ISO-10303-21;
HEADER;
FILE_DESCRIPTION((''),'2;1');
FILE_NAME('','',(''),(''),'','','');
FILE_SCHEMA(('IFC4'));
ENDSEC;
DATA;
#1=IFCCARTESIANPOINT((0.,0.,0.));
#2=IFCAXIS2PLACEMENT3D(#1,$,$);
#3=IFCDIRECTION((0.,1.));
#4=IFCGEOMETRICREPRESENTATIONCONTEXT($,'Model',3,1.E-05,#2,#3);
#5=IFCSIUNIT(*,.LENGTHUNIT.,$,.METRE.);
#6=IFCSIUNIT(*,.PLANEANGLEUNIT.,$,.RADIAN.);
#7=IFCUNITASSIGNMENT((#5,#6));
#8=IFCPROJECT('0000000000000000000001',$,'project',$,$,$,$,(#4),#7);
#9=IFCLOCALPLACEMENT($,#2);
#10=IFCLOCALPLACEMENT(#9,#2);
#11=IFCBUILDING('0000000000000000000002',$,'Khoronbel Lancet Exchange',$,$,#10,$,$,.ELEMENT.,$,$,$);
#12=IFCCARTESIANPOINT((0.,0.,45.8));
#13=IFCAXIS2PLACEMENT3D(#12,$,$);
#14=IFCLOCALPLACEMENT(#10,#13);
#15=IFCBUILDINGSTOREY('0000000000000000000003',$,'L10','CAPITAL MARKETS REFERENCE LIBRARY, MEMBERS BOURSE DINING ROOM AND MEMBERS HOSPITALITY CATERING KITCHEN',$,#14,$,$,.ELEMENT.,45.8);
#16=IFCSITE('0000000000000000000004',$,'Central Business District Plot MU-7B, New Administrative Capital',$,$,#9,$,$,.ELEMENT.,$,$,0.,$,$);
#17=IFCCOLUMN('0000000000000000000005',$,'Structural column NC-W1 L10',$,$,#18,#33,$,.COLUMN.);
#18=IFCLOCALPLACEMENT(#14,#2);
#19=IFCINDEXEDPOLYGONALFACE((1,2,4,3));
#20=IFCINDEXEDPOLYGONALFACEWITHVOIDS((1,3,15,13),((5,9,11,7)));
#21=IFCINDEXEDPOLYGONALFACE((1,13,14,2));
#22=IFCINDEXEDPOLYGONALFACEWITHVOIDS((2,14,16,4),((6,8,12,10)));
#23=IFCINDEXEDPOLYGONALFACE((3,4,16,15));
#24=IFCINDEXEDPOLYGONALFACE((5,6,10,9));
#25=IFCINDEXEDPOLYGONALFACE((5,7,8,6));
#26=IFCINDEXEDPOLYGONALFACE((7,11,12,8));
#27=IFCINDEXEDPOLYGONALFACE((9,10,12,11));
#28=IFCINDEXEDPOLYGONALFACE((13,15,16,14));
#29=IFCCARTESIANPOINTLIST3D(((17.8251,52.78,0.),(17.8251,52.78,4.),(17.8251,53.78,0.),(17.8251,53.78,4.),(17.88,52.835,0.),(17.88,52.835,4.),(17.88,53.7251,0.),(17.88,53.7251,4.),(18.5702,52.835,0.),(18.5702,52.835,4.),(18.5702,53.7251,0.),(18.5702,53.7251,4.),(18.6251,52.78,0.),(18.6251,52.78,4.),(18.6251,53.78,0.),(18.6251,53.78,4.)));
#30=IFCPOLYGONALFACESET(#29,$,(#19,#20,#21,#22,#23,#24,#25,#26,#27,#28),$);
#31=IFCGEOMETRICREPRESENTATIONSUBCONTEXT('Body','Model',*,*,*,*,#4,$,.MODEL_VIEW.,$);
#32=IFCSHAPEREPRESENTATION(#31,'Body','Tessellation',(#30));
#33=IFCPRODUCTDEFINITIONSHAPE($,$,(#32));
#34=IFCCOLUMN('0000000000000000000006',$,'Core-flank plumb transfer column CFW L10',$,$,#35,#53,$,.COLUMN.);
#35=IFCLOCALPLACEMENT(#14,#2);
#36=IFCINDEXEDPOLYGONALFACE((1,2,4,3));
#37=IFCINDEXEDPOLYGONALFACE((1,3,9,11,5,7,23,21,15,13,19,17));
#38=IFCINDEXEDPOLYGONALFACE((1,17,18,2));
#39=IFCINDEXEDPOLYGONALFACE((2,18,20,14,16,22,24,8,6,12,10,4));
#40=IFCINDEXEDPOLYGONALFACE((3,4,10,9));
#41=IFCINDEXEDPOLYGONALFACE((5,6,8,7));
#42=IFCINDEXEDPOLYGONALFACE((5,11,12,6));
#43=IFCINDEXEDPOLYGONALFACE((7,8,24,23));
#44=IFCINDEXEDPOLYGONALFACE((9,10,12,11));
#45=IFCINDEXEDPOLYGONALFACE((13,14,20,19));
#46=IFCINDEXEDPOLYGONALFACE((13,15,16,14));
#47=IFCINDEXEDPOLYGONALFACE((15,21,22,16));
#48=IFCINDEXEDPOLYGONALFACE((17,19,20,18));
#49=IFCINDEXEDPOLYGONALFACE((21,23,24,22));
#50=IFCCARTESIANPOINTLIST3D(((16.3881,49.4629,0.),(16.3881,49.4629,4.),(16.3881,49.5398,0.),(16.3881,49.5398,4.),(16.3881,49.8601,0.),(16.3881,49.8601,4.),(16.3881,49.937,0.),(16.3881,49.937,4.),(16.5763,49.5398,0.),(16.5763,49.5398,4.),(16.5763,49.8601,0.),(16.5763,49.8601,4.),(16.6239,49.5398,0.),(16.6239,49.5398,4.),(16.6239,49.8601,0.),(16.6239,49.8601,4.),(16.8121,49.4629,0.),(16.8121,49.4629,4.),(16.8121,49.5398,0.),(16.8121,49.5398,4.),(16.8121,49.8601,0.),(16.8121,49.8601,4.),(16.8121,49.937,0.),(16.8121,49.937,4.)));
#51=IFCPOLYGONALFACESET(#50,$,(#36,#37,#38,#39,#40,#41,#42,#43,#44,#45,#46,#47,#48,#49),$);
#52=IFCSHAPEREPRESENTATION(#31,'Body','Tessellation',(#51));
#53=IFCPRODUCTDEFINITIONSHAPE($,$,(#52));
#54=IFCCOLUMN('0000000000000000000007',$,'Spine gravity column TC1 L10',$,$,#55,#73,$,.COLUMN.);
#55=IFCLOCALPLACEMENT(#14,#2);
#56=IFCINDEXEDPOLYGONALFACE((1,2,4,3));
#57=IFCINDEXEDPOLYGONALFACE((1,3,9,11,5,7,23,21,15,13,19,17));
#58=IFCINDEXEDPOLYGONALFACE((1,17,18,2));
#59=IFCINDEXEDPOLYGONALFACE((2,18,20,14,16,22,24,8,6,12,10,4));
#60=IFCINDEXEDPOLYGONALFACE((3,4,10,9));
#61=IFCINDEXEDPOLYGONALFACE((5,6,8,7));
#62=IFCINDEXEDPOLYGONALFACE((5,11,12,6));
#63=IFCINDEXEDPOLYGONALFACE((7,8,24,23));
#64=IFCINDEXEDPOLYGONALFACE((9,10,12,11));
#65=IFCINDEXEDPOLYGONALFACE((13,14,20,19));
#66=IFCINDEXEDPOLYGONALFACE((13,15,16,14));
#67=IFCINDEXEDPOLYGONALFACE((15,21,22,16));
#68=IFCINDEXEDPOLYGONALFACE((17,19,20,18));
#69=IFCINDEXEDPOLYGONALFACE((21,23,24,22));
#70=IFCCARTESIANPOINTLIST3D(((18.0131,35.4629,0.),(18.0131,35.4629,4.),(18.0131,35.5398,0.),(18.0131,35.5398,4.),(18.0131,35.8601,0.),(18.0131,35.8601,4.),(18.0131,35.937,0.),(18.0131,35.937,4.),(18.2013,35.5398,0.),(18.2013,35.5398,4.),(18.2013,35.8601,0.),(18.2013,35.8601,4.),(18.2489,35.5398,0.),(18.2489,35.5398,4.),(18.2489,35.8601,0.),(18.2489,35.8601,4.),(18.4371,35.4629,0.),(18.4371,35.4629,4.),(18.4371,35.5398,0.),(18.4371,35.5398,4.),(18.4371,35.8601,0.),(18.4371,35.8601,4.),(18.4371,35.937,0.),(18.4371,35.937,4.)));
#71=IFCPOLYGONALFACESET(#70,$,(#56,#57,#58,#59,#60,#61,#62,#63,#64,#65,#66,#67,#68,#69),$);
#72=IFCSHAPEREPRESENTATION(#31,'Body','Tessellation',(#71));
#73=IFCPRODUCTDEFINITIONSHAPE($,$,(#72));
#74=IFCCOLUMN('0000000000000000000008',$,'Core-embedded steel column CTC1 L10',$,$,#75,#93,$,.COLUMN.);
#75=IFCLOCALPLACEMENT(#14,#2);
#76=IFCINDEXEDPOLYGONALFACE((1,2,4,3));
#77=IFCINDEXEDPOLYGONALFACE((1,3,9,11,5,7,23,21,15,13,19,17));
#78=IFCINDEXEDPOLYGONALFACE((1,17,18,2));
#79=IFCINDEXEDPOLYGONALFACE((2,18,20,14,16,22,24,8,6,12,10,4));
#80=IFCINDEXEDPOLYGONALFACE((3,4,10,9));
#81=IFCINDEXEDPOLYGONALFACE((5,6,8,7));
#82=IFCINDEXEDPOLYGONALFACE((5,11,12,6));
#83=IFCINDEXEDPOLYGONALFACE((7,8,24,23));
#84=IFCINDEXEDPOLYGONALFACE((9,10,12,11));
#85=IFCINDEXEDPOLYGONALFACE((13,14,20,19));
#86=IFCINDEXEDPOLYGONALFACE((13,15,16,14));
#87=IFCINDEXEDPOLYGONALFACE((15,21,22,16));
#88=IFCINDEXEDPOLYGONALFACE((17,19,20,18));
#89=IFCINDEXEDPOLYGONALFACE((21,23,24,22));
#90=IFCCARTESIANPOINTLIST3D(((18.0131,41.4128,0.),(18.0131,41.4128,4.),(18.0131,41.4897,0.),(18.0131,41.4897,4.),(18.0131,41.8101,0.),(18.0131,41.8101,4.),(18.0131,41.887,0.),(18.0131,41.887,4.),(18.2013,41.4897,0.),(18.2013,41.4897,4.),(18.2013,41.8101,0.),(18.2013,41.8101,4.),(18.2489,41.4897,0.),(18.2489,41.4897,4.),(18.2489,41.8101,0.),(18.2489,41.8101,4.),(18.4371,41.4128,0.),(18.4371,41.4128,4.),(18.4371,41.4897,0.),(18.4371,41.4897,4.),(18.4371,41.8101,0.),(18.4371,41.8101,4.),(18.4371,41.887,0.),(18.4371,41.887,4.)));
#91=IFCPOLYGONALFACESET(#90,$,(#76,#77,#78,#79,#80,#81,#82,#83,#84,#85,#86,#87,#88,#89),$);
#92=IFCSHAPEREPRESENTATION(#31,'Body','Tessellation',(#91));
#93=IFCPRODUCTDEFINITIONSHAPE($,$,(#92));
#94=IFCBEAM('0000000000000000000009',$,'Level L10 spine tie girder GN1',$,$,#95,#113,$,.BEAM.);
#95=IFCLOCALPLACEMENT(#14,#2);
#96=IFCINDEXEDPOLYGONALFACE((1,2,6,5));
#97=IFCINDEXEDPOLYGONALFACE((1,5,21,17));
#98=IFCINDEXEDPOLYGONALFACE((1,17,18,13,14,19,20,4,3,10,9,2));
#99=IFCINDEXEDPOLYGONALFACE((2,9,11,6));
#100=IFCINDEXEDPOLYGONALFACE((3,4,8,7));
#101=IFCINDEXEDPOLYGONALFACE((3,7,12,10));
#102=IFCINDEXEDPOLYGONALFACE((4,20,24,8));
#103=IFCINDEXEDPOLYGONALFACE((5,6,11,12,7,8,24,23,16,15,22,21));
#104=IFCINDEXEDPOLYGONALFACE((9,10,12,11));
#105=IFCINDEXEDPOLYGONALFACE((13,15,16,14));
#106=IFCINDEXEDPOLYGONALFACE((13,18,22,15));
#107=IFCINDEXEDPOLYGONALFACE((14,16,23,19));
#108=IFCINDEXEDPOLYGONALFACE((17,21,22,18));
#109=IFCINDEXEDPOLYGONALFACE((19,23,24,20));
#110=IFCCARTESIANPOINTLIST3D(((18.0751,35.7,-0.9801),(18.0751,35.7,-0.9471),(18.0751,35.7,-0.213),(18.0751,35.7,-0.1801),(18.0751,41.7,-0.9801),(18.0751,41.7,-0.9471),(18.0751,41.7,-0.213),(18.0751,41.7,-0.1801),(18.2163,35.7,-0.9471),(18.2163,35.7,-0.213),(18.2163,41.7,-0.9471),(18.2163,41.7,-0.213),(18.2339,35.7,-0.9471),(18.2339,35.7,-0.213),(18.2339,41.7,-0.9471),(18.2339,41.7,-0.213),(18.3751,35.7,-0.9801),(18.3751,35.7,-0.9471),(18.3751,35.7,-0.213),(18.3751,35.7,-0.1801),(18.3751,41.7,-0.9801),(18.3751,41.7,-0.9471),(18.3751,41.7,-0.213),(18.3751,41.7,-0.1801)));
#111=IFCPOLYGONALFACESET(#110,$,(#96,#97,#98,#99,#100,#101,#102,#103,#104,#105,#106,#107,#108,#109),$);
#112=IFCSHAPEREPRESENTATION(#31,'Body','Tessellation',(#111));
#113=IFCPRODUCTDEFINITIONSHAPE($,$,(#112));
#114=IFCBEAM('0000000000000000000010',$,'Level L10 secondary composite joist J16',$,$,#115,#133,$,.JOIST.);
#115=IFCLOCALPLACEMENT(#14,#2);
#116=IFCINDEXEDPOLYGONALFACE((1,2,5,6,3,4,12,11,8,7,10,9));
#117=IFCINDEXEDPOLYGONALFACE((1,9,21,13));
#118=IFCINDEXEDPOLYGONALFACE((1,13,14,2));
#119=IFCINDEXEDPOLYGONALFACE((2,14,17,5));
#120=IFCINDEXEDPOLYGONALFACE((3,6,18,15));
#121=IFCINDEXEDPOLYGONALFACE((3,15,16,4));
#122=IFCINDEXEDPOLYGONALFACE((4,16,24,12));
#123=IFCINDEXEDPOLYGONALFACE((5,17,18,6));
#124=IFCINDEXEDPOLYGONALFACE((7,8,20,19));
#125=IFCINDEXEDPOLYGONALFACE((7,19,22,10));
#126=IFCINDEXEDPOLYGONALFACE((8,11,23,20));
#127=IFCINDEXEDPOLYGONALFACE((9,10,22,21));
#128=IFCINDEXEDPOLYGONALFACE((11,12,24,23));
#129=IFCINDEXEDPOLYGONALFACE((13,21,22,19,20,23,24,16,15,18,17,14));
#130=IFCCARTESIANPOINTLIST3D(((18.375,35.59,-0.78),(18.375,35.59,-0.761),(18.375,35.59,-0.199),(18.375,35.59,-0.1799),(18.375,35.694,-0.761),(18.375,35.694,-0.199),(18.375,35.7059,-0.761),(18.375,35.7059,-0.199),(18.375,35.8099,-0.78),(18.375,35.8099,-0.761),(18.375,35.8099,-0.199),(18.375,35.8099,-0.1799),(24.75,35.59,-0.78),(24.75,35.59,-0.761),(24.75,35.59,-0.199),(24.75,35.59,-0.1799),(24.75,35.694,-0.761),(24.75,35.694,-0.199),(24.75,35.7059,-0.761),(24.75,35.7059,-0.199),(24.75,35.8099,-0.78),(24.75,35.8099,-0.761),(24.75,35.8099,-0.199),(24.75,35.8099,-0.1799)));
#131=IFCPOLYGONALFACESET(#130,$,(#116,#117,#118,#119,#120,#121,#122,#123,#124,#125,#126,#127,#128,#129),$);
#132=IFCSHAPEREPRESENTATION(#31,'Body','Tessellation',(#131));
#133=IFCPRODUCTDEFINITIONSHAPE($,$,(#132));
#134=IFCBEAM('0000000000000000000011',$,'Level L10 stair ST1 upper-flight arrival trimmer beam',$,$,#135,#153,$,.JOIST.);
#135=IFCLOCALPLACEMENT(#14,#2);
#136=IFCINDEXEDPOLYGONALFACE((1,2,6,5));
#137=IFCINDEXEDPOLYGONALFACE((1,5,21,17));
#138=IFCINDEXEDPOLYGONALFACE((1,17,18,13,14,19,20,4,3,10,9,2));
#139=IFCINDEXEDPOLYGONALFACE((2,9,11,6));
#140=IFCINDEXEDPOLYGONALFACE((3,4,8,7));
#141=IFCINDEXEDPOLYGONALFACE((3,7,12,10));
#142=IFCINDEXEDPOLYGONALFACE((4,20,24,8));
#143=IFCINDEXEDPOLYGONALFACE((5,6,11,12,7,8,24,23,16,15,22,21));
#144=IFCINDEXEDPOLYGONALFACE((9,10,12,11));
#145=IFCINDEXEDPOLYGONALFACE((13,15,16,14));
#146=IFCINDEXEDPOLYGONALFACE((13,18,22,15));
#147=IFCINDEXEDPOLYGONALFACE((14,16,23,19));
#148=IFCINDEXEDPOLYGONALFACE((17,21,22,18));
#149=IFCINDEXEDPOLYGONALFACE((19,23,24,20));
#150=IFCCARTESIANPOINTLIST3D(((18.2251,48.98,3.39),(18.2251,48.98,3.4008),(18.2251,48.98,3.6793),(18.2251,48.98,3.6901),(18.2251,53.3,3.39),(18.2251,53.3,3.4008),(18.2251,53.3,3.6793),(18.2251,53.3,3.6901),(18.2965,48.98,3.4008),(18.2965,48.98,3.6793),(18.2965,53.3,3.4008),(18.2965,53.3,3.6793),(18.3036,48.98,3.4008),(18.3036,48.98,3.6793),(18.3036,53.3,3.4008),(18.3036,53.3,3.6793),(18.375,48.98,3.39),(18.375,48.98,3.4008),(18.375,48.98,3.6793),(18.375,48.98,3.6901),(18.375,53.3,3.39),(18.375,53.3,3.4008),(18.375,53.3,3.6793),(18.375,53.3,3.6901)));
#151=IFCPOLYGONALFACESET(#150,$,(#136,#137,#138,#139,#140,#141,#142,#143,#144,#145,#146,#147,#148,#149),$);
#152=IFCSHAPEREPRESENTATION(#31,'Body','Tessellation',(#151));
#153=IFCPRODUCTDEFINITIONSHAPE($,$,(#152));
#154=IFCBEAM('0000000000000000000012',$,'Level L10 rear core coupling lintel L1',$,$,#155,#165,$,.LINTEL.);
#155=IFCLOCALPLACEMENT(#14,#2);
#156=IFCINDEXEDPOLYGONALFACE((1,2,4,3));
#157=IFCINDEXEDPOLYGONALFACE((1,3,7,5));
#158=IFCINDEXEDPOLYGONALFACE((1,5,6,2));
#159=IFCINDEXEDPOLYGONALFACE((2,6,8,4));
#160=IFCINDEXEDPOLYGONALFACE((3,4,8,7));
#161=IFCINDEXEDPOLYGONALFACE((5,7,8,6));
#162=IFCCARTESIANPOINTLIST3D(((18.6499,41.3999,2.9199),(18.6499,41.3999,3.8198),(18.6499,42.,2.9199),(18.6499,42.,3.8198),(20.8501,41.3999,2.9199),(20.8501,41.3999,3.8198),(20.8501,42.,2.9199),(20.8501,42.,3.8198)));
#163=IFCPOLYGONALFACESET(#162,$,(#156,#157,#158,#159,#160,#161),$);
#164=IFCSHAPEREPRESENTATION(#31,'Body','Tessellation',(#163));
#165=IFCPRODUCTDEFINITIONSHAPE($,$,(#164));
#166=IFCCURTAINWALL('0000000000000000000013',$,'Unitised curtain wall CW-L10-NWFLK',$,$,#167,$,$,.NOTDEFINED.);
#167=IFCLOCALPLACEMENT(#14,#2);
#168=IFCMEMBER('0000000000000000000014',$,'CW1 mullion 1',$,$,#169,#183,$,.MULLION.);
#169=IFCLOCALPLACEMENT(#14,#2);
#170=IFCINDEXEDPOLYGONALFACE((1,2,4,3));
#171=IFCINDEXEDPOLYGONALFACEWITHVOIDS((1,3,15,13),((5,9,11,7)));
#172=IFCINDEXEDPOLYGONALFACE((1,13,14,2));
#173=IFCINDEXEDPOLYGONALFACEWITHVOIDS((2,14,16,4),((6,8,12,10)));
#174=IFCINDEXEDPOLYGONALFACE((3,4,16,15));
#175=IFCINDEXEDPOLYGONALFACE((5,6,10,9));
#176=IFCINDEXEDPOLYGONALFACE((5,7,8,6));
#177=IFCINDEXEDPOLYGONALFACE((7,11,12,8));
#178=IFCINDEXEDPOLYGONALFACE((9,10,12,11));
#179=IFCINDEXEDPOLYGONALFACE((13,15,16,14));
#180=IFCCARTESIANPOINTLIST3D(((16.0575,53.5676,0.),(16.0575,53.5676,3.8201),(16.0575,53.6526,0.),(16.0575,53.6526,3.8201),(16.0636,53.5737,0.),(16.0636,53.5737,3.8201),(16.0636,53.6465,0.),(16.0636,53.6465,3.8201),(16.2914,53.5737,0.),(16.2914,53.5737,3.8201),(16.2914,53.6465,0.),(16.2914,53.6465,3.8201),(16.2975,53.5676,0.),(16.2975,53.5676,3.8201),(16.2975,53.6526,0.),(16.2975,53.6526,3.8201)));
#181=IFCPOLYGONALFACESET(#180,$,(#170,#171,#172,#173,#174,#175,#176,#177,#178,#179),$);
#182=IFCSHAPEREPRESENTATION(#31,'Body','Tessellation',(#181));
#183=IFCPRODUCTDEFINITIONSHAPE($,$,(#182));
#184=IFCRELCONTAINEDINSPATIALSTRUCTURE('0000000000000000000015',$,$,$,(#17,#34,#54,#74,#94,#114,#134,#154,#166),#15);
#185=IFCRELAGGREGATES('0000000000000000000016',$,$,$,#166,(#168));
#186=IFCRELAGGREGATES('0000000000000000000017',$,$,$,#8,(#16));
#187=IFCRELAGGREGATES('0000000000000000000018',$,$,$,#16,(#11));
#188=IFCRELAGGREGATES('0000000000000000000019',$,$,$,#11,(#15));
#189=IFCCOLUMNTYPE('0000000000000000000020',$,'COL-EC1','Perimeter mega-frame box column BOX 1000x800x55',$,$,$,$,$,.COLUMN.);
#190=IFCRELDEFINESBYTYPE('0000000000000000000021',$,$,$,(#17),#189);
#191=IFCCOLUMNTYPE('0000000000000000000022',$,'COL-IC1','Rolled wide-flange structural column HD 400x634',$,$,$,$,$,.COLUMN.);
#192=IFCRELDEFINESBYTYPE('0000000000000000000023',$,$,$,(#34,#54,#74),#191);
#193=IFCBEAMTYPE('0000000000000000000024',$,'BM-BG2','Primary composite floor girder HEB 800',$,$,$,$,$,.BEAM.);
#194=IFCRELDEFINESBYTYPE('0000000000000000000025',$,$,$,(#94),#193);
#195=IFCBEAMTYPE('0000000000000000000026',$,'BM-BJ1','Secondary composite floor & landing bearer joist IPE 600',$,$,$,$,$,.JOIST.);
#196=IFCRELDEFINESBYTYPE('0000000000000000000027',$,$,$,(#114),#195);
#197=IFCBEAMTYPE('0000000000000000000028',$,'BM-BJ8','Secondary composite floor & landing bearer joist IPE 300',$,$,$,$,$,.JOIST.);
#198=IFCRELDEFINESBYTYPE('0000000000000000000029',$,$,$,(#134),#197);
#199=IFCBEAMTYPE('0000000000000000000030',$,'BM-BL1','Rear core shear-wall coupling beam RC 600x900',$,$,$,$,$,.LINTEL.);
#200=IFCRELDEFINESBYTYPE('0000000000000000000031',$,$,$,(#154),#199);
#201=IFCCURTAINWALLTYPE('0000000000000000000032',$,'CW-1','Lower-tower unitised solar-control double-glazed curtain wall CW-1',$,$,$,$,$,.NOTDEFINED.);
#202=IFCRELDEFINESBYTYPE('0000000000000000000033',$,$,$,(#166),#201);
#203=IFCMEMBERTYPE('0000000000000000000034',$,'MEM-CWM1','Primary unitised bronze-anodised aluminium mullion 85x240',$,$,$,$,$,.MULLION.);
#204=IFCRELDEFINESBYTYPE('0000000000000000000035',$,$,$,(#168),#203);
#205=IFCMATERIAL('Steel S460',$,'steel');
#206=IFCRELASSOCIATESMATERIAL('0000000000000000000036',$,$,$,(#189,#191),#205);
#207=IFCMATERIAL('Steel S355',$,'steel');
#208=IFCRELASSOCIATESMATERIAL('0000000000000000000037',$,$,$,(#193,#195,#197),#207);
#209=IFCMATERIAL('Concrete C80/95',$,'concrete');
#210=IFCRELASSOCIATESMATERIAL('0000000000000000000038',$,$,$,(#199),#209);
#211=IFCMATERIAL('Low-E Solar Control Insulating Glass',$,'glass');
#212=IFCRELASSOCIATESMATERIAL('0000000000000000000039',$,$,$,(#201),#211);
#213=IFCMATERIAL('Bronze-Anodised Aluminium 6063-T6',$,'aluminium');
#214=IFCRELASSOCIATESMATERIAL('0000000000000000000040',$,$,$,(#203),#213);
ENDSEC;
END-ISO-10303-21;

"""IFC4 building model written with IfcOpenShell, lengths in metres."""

from ifc_helpers import new_model, si_unit, direction, frame, origin, origin_2d, place, context, subcontext, project, spatial, rectangle, hollow_rectangle, i_section, extrude, material, material_profile, profile_set, type_object, element, aggregate, save


model = new_model("IFC4")

# Units and contexts
model_context = context("Model", 3, precision=1e-05, world=origin(), true_north=direction((0.0, 1.0)))
body_context = subcontext(model_context, "Body", "Model", "MODEL_VIEW")
ifc_project = project(units=[si_unit("LENGTHUNIT", "METRE"), si_unit("PLANEANGLEUNIT", "RADIAN")], contexts=[model_context])

# Site, building, storey
site_placement = place(None, origin())
site = spatial("IfcSite", under=ifc_project, at=site_placement, Name="Central Business District Plot MU-7B, New Administrative Capital", CompositionType="ELEMENT", RefElevation=0.0)
building_placement = place(site_placement, origin())
building = spatial("IfcBuilding", under=site, at=building_placement, Name="Khoronbel Lancet Exchange", CompositionType="ELEMENT")
storey_placement = place(building_placement, frame((0.0, 0.0, 45.8)))
storey = spatial("IfcBuildingStorey", under=building, at=storey_placement, Name="L10", Description="CAPITAL MARKETS REFERENCE LIBRARY, MEMBERS BOURSE DINING ROOM AND MEMBERS HOSPITALITY CATERING KITCHEN", CompositionType="ELEMENT", Elevation=45.8)

# Columns
ifc_material_1 = material(Name="Steel S460", Category="steel")
ifc_material_profile_1 = material_profile(ifc_material_1, hollow_rectangle(XDim=0.8, YDim=1.0, WallThickness=0.0549, at=origin_2d()), Name="BOX 1000x800x55")
ifc_profile_set_1 = profile_set([ifc_material_profile_1], Name="Steel S460")
column_type_1 = type_object("IfcColumnType", Name="COL-EC1", Description="Perimeter mega-frame box column BOX 1000x800x55", PredefinedType="COLUMN", material=ifc_profile_set_1)
column_placement = place(storey_placement, frame((18.2251, 53.28, 0.0), z_axis=(0.0, 0.0, 1.0), x_axis=(1.0, 0.0, 0.0)))
element("IfcColumn", 1, at=column_placement, inside=storey, type_object=column_type_1, Name="Structural column NC-W1 L10", PredefinedType="COLUMN", context=body_context, shape_type="SweptSolid", body=[
    extrude(hollow_rectangle(XDim=0.8, YDim=1.0, WallThickness=0.0549, at=origin_2d()), origin(), (0.0, 0.0, 1.0), 4.0),
])
ifc_material_profile_2 = material_profile(ifc_material_1, i_section(OverallWidth=0.4241, OverallDepth=0.4741, WebThickness=0.0476, FlangeThickness=0.0769, at=origin_2d()), Name="HD 400x634")
ifc_profile_set_2 = profile_set([ifc_material_profile_2], Name="Steel S460")
column_type_2 = type_object("IfcColumnType", Name="COL-IC1", Description="Rolled wide-flange structural column HD 400x634", PredefinedType="COLUMN", material=ifc_profile_set_2)
for number, where, z_axis, x_axis, name in (
    (2, (16.6001, 49.7, 0.0), (0.0, 0.0, 1.0), (1.0, 0.0, 0.0), "Core-flank plumb transfer column CFW L10"),
    (3, (18.2251, 35.7, 0.0), (0.0, 0.0, 1.0), (1.0, 0.0, 0.0), "Spine gravity column TC1 L10"),
    (4, (18.2251, 41.6499, 0.0), (0.0, 0.0, 1.0), (1.0, 0.0, 0.0), "Core-embedded steel column CTC1 L10"),
):
    element("IfcColumn", number, at=place(storey_placement, frame(where, z_axis=z_axis, x_axis=x_axis)), inside=storey, type_object=column_type_2, Name=name, PredefinedType="COLUMN", context=body_context, shape_type="SweptSolid", body=[
        extrude(i_section(OverallWidth=0.4241, OverallDepth=0.4741, WebThickness=0.0476, FlangeThickness=0.0769, at=origin_2d()), origin(), (0.0, 0.0, 1.0), 4.0),
    ])

# Beams
ifc_material_2 = material(Name="Steel S355", Category="steel")
ifc_material_profile_3 = material_profile(ifc_material_2, i_section(OverallWidth=0.3, OverallDepth=0.8, WebThickness=0.0176, FlangeThickness=0.033, at=origin_2d()), Name="HEB 800")
ifc_profile_set_3 = profile_set([ifc_material_profile_3], Name="Steel S355")
beam_type_1 = type_object("IfcBeamType", Name="BM-BG2", Description="Primary composite floor girder HEB 800", PredefinedType="BEAM", material=ifc_profile_set_3)
beam_1_placement = place(storey_placement, frame((18.2251, 35.7, -0.5801), z_axis=(0.0, 1.0, 0.0), x_axis=(-1.0, 0.0, 0.0)))
element("IfcBeam", 5, at=beam_1_placement, inside=storey, type_object=beam_type_1, Name="Level L10 spine tie girder GN1", PredefinedType="BEAM", context=body_context, shape_type="SweptSolid", body=[
    extrude(i_section(OverallWidth=0.3, OverallDepth=0.8, WebThickness=0.0176, FlangeThickness=0.033, at=origin_2d()), origin(), (0.0, 0.0, 1.0), 6.0),
])
ifc_material_profile_4 = material_profile(ifc_material_2, i_section(OverallWidth=0.22, OverallDepth=0.6001, WebThickness=0.012, FlangeThickness=0.019, at=origin_2d()), Name="IPE 600")
ifc_profile_set_4 = profile_set([ifc_material_profile_4], Name="Steel S355")
beam_type_2 = type_object("IfcBeamType", Name="BM-BJ1", Description="Secondary composite floor & landing bearer joist IPE 600", PredefinedType="JOIST", material=ifc_profile_set_4)
beam_2_placement = place(storey_placement, frame((18.375, 35.7, -0.48), z_axis=(1.0, 0.0, 0.0), x_axis=(0.0, 1.0, 0.0)))
element("IfcBeam", 6, at=beam_2_placement, inside=storey, type_object=beam_type_2, Name="Level L10 secondary composite joist J16", PredefinedType="JOIST", context=body_context, shape_type="SweptSolid", body=[
    extrude(i_section(OverallWidth=0.22, OverallDepth=0.6001, WebThickness=0.012, FlangeThickness=0.019, at=origin_2d()), origin(), (0.0, 0.0, 1.0), 6.375),
])
ifc_material_profile_5 = material_profile(ifc_material_2, i_section(OverallWidth=0.1499, OverallDepth=0.3, WebThickness=0.0071, FlangeThickness=0.0107, at=origin_2d()), Name="IPE 300")
ifc_profile_set_5 = profile_set([ifc_material_profile_5], Name="Steel S355")
beam_type_3 = type_object("IfcBeamType", Name="BM-BJ8", Description="Secondary composite floor & landing bearer joist IPE 300", PredefinedType="JOIST", material=ifc_profile_set_5)
beam_3_placement = place(storey_placement, frame((18.3, 48.98, 3.54), z_axis=(0.0, 1.0, 0.0), x_axis=(-1.0, 0.0, 0.0)))
element("IfcBeam", 7, at=beam_3_placement, inside=storey, type_object=beam_type_3, Name="Level L10 stair ST1 upper-flight arrival trimmer beam", PredefinedType="JOIST", context=body_context, shape_type="SweptSolid", body=[
    extrude(i_section(OverallWidth=0.1499, OverallDepth=0.3, WebThickness=0.0071, FlangeThickness=0.0107, at=origin_2d()), origin(), (0.0, 0.0, 1.0), 4.3201),
])
ifc_material_3 = material(Name="Concrete C80/95", Category="concrete")
ifc_material_profile_6 = material_profile(ifc_material_3, rectangle(XDim=0.6001, YDim=0.8999, at=origin_2d()), Name="RC 600x900")
ifc_profile_set_6 = profile_set([ifc_material_profile_6], Name="Concrete C80/95")
beam_type_4 = type_object("IfcBeamType", Name="BM-BL1", Description="Rear core shear-wall coupling beam RC 600x900", PredefinedType="LINTEL", material=ifc_profile_set_6)
beam_4_placement = place(storey_placement, frame((18.6499, 41.7, 3.3699), z_axis=(1.0, 0.0, 0.0), x_axis=(0.0, 1.0, 0.0)))
element("IfcBeam", 8, at=beam_4_placement, inside=storey, type_object=beam_type_4, Name="Level L10 rear core coupling lintel L1", PredefinedType="LINTEL", context=body_context, shape_type="SweptSolid", body=[
    extrude(rectangle(XDim=0.6001, YDim=0.8999, at=origin_2d()), origin(), (0.0, 0.0, 1.0), 2.2002),
])

# Curtain wall, member
ifc_material_4 = material(Name="Low-E Solar Control Insulating Glass", Category="glass")
curtain_wall_type = type_object("IfcCurtainWallType", Name="CW-1", Description="Lower-tower unitised solar-control double-glazed curtain wall CW-1", PredefinedType="NOTDEFINED", material=ifc_material_4)
curtain_wall_placement = place(storey_placement, origin())
curtain_wall = element("IfcCurtainWall", 9, at=curtain_wall_placement, inside=storey, type_object=curtain_wall_type, Name="Unitised curtain wall CW-L10-NWFLK", PredefinedType="NOTDEFINED")
ifc_material_5 = material(Name="Bronze-Anodised Aluminium 6063-T6", Category="aluminium")
ifc_material_profile_7 = material_profile(ifc_material_5, hollow_rectangle(XDim=0.085, YDim=0.24, WallThickness=0.0061, at=origin_2d()), Name="ALU MULLION 85x240")
ifc_profile_set_7 = profile_set([ifc_material_profile_7], Name="Bronze-Anodised Aluminium 6063-T6")
member_type_1 = type_object("IfcMemberType", Name="MEM-CWM1", Description="Primary unitised bronze-anodised aluminium mullion 85x240", PredefinedType="MULLION", material=ifc_profile_set_7)
member_1_placement = place(storey_placement, frame((16.1775, 53.6101, 0.0), z_axis=(0.0, 0.0, 1.0), x_axis=(0.0, -1.0, 0.0)))
member_1 = element("IfcMember", 10, at=member_1_placement, type_object=member_type_1, Name="CW1 mullion 1", PredefinedType="MULLION", context=body_context, shape_type="SweptSolid", body=[
    extrude(hollow_rectangle(XDim=0.085, YDim=0.24, WallThickness=0.0061, at=origin_2d()), origin(), (0.0, 0.0, 1.0), 3.8201),
])
aggregate(curtain_wall, [member_1])

save(model, "model.ifc")
